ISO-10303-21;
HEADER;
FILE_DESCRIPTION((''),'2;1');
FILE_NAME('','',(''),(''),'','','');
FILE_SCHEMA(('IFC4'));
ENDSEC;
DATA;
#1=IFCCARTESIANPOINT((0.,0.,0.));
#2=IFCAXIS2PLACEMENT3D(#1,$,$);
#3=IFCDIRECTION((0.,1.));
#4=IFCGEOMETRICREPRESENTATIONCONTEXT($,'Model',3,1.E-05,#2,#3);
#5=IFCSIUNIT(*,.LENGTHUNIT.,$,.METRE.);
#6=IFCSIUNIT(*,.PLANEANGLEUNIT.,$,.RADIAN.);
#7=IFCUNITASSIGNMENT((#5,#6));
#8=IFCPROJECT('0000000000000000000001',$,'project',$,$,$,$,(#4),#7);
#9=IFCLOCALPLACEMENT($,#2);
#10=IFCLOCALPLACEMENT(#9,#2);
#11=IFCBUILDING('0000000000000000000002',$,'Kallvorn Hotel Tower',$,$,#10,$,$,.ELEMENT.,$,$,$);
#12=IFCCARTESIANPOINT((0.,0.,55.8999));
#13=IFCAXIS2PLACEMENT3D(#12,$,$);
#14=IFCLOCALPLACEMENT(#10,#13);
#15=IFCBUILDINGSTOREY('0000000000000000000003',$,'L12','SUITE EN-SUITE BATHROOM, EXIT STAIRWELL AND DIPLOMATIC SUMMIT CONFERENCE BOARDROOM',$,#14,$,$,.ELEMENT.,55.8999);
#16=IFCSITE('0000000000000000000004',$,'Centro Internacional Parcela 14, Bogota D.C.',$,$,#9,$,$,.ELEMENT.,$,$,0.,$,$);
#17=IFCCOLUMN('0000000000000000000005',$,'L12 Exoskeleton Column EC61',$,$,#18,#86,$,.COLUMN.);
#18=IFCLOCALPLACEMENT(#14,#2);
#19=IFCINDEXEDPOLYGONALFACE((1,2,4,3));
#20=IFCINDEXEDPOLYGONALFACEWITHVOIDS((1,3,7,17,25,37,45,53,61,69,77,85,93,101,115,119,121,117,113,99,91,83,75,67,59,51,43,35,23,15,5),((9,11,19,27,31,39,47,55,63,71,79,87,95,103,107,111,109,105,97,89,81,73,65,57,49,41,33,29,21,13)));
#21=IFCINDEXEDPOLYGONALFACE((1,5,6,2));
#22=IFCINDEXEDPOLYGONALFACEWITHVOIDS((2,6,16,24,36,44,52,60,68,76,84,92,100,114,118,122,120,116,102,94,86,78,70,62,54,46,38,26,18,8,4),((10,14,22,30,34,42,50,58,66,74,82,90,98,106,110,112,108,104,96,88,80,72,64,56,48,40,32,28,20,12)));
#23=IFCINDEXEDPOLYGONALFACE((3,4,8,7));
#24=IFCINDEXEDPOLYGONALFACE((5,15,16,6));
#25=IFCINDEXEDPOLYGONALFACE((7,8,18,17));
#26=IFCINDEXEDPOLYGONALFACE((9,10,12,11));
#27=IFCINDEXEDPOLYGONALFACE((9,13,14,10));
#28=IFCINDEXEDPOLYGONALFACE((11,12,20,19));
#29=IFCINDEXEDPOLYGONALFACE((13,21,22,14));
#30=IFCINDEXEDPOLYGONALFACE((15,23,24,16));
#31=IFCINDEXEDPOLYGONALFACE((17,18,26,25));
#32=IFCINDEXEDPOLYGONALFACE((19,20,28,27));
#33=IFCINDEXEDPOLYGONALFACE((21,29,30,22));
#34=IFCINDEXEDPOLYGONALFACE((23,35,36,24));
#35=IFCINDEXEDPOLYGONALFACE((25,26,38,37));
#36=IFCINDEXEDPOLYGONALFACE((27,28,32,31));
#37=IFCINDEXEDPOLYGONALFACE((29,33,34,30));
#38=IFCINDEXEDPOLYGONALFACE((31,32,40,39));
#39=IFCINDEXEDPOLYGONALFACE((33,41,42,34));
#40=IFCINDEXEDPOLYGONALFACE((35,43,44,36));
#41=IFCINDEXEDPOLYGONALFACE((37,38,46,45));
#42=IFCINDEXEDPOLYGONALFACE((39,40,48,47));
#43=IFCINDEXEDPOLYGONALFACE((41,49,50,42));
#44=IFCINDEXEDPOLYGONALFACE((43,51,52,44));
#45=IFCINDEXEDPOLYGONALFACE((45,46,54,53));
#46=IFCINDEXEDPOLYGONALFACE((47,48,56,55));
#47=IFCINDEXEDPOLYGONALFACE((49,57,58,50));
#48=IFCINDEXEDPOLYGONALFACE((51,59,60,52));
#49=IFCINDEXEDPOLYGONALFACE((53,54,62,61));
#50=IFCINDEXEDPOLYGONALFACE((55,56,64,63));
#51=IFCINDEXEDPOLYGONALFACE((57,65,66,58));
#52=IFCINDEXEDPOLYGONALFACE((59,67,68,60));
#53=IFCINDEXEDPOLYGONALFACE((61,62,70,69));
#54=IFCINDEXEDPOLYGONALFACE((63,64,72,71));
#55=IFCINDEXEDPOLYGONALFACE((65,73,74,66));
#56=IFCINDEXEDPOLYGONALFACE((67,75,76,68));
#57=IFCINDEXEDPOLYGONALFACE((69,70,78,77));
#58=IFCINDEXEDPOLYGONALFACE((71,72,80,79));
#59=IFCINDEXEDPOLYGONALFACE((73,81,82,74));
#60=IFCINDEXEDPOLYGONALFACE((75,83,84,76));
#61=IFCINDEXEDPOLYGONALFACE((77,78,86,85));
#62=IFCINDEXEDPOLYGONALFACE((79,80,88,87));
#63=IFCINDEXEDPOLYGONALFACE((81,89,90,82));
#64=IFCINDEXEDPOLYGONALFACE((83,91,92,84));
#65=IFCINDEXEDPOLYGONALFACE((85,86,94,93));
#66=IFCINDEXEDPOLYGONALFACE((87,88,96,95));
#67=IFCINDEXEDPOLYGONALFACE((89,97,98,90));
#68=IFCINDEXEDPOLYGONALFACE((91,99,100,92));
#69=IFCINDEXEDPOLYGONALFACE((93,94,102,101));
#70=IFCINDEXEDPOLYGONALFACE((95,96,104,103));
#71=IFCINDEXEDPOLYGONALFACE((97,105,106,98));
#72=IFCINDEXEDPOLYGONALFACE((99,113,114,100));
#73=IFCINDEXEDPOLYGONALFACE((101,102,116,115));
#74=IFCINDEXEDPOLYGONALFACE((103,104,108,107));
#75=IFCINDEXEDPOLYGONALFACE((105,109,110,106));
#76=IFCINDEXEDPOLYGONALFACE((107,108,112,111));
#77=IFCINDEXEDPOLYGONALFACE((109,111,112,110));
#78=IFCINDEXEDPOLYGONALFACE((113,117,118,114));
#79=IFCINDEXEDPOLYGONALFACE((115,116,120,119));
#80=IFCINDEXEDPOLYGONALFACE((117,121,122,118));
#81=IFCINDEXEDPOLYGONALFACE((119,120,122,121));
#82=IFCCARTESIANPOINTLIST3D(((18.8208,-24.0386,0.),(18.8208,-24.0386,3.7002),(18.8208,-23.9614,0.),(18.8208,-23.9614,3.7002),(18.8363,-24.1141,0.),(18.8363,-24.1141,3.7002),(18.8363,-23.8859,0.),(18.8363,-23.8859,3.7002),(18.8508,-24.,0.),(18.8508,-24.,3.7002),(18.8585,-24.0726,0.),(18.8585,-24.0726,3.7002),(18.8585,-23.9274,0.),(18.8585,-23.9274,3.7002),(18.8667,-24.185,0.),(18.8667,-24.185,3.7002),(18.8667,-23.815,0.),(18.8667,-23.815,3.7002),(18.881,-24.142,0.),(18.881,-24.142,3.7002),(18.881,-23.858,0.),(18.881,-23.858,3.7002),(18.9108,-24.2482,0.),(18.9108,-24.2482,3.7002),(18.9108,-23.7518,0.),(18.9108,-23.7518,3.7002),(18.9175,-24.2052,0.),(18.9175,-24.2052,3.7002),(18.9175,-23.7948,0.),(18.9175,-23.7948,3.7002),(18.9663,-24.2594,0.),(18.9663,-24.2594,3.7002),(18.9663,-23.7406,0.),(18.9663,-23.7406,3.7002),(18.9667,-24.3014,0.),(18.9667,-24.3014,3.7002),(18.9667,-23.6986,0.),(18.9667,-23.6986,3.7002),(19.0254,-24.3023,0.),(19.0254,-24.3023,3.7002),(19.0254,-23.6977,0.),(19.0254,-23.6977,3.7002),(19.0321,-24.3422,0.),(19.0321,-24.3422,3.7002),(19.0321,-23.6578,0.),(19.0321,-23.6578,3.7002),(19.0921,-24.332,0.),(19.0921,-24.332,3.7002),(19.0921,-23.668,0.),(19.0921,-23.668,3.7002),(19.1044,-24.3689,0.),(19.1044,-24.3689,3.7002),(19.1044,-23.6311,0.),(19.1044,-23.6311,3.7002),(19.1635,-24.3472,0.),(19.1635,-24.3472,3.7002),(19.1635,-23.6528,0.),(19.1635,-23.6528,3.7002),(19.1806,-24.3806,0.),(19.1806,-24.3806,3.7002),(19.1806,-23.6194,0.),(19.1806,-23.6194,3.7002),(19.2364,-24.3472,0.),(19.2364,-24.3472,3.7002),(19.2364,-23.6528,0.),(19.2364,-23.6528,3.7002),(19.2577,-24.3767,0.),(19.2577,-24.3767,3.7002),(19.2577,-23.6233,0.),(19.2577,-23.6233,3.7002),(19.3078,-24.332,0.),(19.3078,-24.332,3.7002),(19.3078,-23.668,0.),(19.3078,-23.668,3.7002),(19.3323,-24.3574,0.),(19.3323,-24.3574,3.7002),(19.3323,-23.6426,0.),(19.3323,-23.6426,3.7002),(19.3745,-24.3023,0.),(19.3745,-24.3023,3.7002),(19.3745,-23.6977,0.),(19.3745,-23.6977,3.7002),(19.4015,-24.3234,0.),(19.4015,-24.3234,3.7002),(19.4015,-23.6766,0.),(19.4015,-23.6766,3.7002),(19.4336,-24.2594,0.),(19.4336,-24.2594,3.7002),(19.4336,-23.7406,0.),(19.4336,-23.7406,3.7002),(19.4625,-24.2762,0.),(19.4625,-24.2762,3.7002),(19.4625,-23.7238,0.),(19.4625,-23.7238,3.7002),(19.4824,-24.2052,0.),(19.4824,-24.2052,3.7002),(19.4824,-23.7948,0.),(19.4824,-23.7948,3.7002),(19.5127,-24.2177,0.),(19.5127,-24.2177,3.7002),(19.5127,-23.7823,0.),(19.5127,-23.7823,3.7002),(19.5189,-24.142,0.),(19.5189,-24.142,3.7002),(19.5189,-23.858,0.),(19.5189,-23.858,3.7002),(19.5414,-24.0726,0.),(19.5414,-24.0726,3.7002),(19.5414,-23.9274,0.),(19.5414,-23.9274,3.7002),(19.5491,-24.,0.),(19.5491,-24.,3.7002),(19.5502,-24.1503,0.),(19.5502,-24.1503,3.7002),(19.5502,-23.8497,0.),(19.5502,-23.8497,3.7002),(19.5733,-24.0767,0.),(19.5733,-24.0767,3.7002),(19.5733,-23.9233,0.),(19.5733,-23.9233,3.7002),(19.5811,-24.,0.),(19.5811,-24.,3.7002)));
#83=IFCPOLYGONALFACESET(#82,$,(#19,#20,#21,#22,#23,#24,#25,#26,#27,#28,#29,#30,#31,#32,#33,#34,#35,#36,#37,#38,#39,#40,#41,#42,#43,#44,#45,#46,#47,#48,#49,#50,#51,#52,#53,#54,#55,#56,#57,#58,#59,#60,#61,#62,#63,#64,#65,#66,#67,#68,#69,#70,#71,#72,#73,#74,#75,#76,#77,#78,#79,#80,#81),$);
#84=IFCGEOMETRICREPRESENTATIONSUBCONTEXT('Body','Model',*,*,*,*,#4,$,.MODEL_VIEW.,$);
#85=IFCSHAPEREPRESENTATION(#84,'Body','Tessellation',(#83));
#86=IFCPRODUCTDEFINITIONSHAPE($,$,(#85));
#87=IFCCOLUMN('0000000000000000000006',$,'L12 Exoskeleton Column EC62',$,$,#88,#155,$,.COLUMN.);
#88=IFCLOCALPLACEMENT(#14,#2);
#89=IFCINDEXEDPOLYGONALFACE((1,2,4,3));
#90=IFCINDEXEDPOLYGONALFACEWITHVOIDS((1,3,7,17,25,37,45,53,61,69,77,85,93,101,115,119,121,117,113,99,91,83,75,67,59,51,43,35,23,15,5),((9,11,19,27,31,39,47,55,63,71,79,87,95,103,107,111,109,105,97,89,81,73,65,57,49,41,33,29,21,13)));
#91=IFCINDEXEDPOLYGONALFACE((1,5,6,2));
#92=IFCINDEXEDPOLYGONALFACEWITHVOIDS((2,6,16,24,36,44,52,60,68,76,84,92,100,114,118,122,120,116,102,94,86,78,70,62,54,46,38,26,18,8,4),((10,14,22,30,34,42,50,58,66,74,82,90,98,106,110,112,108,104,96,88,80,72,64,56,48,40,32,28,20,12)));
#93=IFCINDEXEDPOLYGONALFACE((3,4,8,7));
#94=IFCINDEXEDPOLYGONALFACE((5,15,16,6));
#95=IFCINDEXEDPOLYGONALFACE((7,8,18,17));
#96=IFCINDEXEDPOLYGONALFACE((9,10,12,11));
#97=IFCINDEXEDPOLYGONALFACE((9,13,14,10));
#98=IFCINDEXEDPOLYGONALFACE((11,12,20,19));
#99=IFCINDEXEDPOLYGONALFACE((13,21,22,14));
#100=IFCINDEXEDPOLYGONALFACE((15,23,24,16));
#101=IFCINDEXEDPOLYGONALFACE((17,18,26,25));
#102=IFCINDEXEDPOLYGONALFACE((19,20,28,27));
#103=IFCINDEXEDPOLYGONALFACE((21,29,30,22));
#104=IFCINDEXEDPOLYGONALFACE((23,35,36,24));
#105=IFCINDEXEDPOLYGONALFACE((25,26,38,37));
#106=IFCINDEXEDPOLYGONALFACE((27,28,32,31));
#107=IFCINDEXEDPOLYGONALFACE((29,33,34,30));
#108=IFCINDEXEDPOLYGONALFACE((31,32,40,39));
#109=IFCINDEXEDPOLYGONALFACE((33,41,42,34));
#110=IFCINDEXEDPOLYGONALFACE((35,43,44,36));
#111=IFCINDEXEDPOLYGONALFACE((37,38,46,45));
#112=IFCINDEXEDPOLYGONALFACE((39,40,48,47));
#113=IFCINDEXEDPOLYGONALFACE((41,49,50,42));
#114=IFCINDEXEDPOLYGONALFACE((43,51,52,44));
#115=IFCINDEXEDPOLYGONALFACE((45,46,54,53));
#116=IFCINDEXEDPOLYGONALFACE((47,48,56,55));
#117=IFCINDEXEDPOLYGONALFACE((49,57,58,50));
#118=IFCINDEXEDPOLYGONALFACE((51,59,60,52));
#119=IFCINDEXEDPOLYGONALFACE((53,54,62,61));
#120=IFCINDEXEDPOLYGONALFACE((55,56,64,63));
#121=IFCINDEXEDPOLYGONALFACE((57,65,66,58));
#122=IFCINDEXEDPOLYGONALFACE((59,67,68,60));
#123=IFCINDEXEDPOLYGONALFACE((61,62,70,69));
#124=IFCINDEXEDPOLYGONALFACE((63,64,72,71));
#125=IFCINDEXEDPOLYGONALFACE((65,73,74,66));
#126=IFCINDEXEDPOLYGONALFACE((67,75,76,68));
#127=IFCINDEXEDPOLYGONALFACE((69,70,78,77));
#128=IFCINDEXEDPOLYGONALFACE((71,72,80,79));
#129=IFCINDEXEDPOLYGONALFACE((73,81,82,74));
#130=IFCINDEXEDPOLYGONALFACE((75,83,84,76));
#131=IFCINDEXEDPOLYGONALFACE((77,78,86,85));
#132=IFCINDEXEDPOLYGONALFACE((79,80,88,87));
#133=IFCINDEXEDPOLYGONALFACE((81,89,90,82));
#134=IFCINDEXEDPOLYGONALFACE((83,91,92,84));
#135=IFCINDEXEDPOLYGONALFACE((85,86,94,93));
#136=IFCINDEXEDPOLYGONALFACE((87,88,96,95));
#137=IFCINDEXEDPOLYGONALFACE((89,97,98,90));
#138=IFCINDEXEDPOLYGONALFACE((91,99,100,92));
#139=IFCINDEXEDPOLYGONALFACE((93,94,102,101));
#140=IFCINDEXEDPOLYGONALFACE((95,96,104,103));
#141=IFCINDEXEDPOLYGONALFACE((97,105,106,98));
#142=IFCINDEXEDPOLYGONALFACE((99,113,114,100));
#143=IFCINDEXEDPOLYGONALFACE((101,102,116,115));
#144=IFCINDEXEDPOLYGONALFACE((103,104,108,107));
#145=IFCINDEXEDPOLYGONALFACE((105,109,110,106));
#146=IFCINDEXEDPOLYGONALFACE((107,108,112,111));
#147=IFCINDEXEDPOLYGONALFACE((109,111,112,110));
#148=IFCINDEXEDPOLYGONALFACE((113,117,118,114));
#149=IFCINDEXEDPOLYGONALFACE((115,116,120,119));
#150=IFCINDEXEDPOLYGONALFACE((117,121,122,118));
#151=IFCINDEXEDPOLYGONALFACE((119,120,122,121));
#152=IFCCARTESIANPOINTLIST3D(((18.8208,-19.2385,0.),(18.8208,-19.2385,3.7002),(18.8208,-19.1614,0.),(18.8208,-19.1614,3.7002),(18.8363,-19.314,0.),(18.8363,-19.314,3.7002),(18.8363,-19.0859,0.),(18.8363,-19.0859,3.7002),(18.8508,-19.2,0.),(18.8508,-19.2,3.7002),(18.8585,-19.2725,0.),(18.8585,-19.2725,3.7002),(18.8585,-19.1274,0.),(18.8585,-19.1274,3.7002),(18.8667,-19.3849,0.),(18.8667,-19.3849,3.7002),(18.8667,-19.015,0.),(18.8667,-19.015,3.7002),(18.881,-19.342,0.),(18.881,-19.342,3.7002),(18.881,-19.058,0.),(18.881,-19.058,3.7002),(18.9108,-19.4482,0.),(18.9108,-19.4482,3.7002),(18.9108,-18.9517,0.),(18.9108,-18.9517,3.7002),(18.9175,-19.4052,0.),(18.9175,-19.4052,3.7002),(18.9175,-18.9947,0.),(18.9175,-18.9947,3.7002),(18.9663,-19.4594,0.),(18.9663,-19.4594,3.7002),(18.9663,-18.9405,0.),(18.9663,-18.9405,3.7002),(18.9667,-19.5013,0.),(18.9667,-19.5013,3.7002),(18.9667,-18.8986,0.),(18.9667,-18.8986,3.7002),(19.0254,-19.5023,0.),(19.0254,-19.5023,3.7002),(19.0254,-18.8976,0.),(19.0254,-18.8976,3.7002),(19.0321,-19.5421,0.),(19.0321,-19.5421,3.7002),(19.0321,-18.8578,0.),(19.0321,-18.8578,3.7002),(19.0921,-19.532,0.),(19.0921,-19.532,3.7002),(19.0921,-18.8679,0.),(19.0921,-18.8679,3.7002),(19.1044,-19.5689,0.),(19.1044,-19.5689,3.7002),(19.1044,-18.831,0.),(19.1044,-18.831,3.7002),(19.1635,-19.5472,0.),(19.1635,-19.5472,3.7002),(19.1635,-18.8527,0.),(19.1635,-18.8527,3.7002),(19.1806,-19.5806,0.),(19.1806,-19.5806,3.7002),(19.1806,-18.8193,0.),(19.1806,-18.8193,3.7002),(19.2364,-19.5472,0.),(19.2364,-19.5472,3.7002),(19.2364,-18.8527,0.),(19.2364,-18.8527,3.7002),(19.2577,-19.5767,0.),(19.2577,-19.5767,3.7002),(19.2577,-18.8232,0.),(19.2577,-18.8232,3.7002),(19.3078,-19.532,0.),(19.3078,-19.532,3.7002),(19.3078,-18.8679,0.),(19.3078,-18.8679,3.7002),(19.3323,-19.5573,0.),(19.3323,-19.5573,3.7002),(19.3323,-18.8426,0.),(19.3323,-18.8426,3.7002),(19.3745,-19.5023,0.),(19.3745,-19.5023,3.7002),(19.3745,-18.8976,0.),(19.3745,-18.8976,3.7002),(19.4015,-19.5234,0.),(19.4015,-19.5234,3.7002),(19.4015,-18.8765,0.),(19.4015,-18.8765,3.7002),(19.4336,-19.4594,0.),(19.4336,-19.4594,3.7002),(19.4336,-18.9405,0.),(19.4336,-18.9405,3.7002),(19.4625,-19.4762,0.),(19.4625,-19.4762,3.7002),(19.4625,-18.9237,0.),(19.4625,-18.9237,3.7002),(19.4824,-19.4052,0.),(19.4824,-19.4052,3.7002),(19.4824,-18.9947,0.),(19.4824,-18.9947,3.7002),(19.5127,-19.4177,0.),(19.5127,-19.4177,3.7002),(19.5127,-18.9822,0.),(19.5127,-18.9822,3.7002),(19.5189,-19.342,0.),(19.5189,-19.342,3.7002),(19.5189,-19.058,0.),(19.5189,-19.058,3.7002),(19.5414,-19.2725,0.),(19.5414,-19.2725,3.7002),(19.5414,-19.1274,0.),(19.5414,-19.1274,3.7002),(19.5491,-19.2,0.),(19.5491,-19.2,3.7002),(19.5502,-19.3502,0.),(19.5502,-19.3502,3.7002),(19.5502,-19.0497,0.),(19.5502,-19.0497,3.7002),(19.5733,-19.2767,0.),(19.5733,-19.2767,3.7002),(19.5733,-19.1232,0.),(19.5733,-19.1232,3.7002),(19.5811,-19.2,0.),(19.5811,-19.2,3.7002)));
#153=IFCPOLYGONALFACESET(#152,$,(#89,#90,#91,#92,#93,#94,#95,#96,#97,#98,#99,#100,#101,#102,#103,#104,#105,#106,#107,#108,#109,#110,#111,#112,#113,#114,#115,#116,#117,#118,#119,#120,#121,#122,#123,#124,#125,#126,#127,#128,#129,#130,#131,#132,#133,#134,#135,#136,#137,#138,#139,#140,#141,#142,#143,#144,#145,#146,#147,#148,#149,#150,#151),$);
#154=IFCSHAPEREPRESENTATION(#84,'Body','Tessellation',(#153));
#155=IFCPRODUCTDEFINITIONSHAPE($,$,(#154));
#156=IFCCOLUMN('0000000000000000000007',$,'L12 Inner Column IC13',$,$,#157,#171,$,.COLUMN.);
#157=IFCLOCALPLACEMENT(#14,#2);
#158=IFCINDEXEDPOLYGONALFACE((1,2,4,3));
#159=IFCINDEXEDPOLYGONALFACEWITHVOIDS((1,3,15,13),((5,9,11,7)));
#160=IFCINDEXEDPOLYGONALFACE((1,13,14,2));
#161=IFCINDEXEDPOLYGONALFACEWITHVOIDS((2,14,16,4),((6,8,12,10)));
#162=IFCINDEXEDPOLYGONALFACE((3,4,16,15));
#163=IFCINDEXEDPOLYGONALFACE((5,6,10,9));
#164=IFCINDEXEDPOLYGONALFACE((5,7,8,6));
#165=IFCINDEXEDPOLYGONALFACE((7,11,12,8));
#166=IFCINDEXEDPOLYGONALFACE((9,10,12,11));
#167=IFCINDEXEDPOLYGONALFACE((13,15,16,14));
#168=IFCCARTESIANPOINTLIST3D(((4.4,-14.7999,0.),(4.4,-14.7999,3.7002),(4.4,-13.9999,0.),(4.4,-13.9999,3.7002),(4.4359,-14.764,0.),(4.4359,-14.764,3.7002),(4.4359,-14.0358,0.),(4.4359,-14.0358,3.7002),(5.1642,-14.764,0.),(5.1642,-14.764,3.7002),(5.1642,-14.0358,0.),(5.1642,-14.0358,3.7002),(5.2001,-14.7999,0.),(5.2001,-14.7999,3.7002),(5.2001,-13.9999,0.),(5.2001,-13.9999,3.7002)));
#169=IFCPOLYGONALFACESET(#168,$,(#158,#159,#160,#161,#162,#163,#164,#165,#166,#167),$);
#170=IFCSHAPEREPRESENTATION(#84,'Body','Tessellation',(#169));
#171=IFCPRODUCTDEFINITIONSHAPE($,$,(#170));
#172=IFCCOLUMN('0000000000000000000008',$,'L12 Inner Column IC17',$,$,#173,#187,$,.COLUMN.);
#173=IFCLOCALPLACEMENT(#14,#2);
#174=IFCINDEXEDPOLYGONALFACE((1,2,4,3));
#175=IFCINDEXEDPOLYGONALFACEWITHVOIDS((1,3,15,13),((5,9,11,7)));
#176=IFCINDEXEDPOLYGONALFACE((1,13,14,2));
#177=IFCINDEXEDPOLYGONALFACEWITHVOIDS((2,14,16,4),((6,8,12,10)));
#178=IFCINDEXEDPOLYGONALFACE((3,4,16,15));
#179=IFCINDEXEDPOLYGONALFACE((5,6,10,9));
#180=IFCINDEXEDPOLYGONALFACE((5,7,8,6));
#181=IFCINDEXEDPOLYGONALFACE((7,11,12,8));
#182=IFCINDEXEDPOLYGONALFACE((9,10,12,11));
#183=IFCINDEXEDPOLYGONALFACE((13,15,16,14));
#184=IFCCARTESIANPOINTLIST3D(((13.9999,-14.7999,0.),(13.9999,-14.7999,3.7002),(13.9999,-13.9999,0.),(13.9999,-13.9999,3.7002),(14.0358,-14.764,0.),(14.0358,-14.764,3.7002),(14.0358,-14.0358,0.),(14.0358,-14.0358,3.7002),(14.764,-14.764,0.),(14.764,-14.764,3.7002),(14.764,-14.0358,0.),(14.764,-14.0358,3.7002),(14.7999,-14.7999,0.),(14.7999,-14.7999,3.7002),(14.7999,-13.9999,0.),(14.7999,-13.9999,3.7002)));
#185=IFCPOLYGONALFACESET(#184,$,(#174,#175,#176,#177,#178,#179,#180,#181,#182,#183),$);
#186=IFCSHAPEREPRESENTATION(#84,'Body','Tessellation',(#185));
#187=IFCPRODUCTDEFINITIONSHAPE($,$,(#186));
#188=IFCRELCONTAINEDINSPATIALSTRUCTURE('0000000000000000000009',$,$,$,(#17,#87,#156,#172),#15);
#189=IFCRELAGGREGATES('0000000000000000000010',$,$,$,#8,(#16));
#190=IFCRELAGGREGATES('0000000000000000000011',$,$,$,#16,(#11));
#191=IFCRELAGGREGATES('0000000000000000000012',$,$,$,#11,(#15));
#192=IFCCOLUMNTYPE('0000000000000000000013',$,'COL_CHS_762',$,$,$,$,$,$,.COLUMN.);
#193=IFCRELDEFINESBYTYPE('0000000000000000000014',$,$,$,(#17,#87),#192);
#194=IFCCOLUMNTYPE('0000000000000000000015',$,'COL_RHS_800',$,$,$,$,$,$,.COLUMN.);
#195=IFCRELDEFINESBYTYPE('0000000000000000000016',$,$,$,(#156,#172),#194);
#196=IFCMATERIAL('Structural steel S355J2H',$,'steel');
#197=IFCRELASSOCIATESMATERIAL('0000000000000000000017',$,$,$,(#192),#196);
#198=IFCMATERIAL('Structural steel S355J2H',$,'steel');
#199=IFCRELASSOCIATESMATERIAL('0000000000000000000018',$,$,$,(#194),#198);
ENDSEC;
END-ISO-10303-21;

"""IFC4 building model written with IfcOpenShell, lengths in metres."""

from ifc_helpers import new_model, si_unit, direction, frame, origin, origin_2d, place, context, subcontext, project, spatial, hollow_rectangle, hollow_circle, extrude, material, material_profile, profile_set, type_object, element, save


model = new_model("IFC4")

# Units and contexts
model_context = context("Model", 3, precision=1e-05, world=origin(), true_north=direction((0.0, 1.0)))
body_context = subcontext(model_context, "Body", "Model", "MODEL_VIEW")
ifc_project = project(units=[si_unit("LENGTHUNIT", "METRE"), si_unit("PLANEANGLEUNIT", "RADIAN")], contexts=[model_context])

# Site, building, storey
site_placement = place(None, origin())
site = spatial("IfcSite", under=ifc_project, at=site_placement, Name="Centro Internacional Parcela 14, Bogota D.C.", CompositionType="ELEMENT", RefElevation=0.0)
building_placement = place(site_placement, origin())
building = spatial("IfcBuilding", under=site, at=building_placement, Name="Kallvorn Hotel Tower", CompositionType="ELEMENT")
storey_placement = place(building_placement, frame((0.0, 0.0, 55.8999)))
storey = spatial("IfcBuildingStorey", under=building, at=storey_placement, Name="L12", Description="SUITE EN-SUITE BATHROOM, EXIT STAIRWELL AND DIPLOMATIC SUMMIT CONFERENCE BOARDROOM", CompositionType="ELEMENT", Elevation=55.8999)

# Columns
ifc_material_1 = material(Name="Structural steel S355J2H", Category="steel")
ifc_material_profile_1 = material_profile(ifc_material_1, hollow_circle(Radius=0.3811, WallThickness=0.032, at=origin_2d()), Name="CHS 762x32")
ifc_profile_set_1 = profile_set([ifc_material_profile_1], Name="Structural steel S355J2H")
column_type_1 = type_object("IfcColumnType", Name="COL_CHS_762", PredefinedType="COLUMN", material=ifc_profile_set_1)
for number, where, z_axis, x_axis, name in (
    (1, (19.2, -24.0, 0.0), (0.0, 0.0, 1.0), (1.0, 0.0, 0.0), "L12 Exoskeleton Column EC61"),
    (2, (19.2, -19.2, 0.0), (0.0, 0.0, 1.0), (1.0, 0.0, 0.0), "L12 Exoskeleton Column EC62"),
):
    element("IfcColumn", number, at=place(storey_placement, frame(where, z_axis=z_axis, x_axis=x_axis)), inside=storey, type_object=column_type_1, Name=name, PredefinedType="COLUMN", context=body_context, shape_type="SweptSolid", body=[
        extrude(hollow_circle(Radius=0.3811, WallThickness=0.032, at=origin_2d()), origin(), (0.0, 0.0, 1.0), 3.7002),
    ])
ifc_material_2 = material(Name="Structural steel S355J2H", Category="steel")
ifc_material_profile_2 = material_profile(ifc_material_2, hollow_rectangle(XDim=0.8, YDim=0.8, WallThickness=0.0359, at=origin_2d()), Name="RHS 800x800x36")
ifc_profile_set_2 = profile_set([ifc_material_profile_2], Name="Structural steel S355J2H")
column_type_2 = type_object("IfcColumnType", Name="COL_RHS_800", PredefinedType="COLUMN", material=ifc_profile_set_2)
for number, where, z_axis, x_axis, name in (
    (3, (4.8, -14.3999, 0.0), (0.0, 0.0, 1.0), (1.0, 0.0, 0.0), "L12 Inner Column IC13"),
    (4, (14.3999, -14.3999, 0.0), (0.0, 0.0, 1.0), (1.0, 0.0, 0.0), "L12 Inner Column IC17"),
):
    element("IfcColumn", number, at=place(storey_placement, frame(where, z_axis=z_axis, x_axis=x_axis)), inside=storey, type_object=column_type_2, Name=name, PredefinedType="COLUMN", context=body_context, shape_type="SweptSolid", body=[
        extrude(hollow_rectangle(XDim=0.8, YDim=0.8, WallThickness=0.0359, at=origin_2d()), origin(), (0.0, 0.0, 1.0), 3.7002),
    ])

save(model, "model.ifc")
